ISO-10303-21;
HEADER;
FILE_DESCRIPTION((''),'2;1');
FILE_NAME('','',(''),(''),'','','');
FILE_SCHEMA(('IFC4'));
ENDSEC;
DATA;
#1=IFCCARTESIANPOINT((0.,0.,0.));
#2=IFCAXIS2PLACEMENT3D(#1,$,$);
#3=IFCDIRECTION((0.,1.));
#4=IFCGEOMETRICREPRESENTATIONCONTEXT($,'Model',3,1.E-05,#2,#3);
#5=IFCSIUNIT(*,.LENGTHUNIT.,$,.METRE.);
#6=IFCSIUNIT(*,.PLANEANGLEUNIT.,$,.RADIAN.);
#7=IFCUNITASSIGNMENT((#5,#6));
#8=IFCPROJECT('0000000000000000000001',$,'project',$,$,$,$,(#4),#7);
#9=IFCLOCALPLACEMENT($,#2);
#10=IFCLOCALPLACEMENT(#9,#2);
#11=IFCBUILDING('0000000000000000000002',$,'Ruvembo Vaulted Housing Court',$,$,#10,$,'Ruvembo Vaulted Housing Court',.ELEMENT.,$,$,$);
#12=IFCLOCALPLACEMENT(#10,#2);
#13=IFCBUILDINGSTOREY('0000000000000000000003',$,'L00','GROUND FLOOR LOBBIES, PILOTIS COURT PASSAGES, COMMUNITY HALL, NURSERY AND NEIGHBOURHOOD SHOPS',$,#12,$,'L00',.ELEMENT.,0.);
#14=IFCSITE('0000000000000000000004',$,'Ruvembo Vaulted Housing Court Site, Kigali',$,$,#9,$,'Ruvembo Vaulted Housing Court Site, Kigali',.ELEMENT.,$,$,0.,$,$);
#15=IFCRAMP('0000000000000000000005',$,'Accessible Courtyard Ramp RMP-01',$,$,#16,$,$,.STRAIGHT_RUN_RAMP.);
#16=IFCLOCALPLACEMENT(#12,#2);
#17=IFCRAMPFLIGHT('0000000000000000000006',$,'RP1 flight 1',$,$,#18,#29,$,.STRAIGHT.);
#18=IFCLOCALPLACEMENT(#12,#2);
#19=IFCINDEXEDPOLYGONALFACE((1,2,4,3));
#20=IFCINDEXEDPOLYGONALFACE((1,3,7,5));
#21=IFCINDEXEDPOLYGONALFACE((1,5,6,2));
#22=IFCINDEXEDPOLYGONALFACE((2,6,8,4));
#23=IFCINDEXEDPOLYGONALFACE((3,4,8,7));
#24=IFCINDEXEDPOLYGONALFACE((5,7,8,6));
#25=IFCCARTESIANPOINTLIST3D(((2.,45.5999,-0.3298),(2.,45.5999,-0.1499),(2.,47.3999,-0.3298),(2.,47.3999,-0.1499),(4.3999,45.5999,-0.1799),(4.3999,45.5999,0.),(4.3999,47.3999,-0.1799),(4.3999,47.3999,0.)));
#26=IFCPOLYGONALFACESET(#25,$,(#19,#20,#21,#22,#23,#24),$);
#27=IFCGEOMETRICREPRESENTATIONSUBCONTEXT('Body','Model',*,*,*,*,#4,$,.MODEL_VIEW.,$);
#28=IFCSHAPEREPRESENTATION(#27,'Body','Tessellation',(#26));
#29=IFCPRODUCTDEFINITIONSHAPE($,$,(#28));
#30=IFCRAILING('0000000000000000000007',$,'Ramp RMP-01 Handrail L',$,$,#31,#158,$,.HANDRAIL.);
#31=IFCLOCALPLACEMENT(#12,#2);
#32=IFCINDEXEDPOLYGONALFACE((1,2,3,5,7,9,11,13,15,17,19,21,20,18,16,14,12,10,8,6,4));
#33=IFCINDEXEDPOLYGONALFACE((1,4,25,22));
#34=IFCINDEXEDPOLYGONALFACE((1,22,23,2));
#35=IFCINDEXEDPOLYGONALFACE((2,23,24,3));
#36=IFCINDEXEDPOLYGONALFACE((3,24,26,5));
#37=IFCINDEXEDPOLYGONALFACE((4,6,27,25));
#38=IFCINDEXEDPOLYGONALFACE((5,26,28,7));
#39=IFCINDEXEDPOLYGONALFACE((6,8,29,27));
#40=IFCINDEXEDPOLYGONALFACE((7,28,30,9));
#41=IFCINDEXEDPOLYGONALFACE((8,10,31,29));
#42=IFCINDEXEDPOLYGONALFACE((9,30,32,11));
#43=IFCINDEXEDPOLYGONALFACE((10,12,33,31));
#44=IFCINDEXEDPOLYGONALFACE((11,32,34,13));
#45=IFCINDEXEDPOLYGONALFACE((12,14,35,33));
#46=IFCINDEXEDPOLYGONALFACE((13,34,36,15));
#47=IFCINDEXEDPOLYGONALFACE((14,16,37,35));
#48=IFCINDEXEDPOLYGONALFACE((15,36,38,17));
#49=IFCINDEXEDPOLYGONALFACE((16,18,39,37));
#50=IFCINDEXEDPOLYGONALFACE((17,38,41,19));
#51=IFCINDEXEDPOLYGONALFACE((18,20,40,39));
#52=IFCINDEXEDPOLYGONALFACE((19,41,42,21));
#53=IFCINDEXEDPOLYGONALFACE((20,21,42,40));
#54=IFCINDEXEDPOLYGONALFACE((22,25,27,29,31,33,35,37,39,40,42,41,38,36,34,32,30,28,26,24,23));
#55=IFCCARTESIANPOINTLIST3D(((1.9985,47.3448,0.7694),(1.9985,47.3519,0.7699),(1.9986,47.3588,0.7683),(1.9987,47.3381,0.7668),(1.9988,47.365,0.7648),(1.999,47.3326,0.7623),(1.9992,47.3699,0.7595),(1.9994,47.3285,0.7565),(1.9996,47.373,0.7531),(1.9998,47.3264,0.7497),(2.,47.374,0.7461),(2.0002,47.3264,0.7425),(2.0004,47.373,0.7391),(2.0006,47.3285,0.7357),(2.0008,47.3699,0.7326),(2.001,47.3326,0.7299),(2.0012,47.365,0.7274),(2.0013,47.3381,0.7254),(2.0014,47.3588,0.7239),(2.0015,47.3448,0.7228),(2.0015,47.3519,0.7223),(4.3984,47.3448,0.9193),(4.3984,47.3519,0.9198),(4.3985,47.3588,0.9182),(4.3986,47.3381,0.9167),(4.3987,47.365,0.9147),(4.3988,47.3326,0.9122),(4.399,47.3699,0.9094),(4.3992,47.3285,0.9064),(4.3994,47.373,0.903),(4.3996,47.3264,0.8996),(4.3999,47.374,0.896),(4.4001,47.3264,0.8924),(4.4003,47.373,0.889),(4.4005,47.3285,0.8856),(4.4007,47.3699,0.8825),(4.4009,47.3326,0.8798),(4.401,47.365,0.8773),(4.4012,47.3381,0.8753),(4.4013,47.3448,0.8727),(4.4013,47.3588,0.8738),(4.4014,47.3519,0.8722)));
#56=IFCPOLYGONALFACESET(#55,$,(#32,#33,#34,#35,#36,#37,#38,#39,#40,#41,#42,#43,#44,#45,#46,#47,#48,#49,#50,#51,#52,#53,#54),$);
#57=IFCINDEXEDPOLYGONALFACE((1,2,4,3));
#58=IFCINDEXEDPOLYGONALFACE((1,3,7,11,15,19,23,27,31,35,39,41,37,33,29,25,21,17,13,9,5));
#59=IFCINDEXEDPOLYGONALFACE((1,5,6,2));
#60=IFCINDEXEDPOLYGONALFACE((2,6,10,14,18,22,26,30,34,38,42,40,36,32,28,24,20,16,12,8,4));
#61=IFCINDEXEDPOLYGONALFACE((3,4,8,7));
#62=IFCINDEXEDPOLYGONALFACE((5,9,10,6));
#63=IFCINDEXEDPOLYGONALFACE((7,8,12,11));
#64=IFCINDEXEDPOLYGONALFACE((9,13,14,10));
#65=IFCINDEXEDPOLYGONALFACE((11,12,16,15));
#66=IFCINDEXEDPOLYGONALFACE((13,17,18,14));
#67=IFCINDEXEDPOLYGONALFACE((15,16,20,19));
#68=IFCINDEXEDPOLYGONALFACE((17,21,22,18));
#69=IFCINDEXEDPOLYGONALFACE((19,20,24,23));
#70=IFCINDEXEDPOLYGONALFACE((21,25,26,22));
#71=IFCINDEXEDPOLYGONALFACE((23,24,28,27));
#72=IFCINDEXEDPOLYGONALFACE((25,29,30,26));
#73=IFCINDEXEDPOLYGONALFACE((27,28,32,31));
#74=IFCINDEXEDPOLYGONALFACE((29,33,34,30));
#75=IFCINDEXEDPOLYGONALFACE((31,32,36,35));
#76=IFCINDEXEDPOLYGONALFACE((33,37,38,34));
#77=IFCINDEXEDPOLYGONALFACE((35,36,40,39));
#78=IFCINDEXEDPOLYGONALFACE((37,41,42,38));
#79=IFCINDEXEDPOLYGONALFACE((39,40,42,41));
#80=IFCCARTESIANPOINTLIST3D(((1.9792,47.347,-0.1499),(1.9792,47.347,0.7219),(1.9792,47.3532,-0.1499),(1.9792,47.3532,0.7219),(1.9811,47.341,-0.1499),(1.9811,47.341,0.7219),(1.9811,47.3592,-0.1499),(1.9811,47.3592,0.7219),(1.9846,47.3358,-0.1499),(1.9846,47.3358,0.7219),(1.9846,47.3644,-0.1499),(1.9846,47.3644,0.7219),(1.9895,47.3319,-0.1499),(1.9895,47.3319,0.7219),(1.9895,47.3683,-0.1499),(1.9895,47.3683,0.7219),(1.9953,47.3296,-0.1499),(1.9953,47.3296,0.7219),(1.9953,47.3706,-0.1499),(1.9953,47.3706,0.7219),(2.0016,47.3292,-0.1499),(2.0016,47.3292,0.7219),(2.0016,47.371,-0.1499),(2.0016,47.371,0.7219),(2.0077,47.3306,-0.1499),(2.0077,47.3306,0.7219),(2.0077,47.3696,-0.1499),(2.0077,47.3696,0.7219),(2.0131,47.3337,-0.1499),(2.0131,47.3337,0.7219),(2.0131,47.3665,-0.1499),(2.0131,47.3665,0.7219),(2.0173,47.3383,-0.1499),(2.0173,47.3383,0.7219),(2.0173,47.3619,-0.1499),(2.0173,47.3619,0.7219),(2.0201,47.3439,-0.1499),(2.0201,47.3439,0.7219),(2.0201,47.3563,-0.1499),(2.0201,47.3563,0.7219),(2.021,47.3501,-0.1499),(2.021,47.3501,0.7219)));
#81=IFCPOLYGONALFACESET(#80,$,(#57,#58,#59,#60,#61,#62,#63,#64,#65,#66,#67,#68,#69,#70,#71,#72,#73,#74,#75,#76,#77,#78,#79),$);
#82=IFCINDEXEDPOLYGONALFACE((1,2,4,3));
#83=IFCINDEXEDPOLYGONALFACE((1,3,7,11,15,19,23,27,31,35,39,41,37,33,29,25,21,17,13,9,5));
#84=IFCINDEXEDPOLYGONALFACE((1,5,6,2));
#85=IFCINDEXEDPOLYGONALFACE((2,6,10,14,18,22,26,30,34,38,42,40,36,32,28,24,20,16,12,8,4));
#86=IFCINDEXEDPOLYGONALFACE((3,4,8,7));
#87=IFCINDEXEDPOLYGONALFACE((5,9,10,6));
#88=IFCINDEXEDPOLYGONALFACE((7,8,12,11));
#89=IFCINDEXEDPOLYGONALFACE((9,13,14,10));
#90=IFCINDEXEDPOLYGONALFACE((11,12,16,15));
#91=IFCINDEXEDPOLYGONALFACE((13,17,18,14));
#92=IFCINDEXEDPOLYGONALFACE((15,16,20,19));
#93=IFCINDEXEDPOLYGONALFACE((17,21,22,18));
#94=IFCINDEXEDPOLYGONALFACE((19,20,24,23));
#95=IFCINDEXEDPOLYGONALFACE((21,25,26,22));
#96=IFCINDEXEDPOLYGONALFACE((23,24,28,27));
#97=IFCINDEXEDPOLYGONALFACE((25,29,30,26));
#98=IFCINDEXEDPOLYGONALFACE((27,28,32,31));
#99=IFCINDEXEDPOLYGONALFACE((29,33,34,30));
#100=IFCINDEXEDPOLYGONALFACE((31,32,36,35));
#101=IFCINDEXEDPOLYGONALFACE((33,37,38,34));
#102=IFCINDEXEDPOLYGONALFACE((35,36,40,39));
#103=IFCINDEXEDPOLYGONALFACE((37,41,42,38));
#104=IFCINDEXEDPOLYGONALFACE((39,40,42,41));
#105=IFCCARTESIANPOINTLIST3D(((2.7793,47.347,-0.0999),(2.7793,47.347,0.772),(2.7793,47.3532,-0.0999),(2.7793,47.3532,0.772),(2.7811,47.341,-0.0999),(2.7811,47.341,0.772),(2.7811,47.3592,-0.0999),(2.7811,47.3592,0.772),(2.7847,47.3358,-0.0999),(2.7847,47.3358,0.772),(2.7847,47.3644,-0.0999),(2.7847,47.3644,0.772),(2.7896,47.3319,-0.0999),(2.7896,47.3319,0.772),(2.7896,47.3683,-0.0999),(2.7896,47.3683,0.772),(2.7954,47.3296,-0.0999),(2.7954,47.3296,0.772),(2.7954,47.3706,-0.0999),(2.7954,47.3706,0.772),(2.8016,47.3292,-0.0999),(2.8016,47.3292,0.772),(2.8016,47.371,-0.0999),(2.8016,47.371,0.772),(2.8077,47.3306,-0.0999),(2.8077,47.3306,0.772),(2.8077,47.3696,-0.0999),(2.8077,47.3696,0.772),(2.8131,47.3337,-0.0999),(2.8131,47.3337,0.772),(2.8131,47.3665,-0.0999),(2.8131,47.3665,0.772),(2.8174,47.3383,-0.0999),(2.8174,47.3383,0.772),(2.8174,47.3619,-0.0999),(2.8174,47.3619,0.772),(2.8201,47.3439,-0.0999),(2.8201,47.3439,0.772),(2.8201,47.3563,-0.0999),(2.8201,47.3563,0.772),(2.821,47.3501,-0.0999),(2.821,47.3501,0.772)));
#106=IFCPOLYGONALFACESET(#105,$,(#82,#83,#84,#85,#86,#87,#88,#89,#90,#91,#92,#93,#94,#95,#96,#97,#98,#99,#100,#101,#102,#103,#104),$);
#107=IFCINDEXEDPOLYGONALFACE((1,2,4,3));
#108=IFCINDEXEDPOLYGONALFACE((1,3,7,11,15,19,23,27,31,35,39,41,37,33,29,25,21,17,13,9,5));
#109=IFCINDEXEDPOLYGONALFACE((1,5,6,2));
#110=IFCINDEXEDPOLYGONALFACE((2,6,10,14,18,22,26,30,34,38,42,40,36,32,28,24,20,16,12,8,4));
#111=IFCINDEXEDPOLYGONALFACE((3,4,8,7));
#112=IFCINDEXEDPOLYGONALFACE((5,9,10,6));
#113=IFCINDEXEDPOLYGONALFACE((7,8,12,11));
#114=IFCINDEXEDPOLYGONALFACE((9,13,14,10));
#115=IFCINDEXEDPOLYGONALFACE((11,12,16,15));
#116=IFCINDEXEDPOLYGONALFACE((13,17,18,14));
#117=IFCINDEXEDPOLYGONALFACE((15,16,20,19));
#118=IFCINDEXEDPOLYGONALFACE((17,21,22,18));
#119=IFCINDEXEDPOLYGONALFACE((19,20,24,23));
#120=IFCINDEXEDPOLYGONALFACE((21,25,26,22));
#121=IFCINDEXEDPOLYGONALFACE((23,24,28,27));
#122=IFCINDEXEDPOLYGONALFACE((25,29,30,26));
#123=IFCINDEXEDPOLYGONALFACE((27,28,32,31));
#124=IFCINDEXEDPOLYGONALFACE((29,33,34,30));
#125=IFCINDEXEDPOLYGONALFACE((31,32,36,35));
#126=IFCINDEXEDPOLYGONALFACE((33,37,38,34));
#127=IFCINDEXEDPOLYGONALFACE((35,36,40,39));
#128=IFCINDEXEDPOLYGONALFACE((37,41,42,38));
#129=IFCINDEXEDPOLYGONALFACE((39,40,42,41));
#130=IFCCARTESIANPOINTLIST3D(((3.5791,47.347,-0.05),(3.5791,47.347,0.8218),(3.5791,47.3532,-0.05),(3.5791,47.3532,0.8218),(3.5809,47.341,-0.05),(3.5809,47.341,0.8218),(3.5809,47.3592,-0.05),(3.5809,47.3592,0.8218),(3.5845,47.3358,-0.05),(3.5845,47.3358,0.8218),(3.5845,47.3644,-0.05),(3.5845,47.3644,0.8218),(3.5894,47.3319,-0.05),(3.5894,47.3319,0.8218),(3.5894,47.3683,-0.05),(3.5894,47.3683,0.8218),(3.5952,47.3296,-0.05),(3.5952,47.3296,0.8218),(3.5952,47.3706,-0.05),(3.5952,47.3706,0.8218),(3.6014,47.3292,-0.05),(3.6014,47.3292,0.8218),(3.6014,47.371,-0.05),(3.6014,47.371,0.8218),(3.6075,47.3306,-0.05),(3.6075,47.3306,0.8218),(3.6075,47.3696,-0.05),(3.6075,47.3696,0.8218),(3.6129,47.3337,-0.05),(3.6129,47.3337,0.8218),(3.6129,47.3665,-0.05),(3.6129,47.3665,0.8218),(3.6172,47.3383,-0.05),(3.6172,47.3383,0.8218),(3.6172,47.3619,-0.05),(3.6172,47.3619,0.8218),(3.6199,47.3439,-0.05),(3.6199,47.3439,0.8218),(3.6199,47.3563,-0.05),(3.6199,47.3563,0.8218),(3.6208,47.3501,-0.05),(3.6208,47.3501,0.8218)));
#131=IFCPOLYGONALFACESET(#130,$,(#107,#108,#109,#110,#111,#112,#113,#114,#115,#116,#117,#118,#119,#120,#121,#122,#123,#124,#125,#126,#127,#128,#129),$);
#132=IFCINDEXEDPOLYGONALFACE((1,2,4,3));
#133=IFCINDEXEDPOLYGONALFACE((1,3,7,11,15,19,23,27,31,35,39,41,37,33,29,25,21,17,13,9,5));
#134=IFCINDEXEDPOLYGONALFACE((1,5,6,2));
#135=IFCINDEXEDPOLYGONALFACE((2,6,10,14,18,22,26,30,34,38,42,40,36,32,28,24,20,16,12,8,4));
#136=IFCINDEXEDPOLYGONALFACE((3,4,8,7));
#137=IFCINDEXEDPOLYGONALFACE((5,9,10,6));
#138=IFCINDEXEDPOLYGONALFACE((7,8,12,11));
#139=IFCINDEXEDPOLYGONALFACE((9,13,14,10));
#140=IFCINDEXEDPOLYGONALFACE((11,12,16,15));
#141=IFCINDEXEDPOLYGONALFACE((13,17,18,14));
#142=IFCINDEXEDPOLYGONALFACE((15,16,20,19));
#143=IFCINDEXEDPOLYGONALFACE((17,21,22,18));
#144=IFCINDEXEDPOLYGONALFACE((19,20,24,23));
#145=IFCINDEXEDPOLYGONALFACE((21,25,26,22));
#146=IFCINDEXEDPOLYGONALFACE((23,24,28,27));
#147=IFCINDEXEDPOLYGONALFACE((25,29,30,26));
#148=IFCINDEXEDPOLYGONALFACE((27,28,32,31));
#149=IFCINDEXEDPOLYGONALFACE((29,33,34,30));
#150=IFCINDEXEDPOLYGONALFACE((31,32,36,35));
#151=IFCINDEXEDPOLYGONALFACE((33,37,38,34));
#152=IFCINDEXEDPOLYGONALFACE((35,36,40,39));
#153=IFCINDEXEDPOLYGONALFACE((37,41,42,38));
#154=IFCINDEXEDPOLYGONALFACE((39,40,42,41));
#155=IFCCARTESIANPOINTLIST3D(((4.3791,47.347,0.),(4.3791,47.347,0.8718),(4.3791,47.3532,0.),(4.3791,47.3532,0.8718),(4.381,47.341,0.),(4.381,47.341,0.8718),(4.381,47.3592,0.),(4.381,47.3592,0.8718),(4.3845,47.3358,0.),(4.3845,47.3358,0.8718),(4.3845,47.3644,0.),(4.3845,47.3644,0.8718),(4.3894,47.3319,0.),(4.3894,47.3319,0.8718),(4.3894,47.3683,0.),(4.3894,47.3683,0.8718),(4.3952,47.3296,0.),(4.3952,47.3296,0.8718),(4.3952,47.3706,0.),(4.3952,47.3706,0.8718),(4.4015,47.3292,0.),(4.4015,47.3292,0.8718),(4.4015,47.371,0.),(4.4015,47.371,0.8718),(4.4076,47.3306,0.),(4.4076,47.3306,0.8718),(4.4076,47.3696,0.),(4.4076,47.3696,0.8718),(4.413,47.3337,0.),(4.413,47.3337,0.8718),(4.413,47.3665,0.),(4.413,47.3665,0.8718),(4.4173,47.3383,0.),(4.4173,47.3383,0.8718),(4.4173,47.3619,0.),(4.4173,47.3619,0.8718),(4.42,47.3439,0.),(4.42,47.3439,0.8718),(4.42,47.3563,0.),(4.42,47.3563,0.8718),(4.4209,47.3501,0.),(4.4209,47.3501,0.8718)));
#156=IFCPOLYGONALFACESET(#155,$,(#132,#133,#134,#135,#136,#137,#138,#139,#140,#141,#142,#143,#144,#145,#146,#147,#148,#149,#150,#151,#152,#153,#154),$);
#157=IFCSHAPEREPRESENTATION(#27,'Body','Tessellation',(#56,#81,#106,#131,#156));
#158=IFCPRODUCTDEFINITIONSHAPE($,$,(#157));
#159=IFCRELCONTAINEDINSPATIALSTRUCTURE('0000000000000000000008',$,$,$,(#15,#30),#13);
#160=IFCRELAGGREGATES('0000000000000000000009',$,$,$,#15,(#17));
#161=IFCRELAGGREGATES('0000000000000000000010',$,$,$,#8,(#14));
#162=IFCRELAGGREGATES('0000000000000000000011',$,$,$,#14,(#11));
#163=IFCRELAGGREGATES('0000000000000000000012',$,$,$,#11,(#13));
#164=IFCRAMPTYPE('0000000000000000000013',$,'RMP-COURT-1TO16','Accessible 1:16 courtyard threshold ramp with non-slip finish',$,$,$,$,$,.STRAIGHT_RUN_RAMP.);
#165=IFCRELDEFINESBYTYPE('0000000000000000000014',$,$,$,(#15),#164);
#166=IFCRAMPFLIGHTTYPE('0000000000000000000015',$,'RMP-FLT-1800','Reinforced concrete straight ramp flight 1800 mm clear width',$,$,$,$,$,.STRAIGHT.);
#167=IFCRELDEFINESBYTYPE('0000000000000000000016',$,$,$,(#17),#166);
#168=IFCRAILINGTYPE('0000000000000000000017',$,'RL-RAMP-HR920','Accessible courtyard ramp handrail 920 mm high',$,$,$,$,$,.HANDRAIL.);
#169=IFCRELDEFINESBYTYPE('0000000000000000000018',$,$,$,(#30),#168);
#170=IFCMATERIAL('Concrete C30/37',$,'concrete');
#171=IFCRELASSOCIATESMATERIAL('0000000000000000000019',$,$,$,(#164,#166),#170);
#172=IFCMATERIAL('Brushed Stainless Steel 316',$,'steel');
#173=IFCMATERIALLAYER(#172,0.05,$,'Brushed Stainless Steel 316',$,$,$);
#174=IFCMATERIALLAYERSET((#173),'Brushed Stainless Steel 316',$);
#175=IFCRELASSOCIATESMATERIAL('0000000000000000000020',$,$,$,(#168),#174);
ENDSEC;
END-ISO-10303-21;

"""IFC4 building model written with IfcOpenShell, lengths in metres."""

from ifc_helpers import new_model, si_unit, direction, frame, origin, origin_2d, place, context, subcontext, project, spatial, polyline, circle, outline, extrude, material, layer, layer_set, type_object, element, aggregate, save


model = new_model("IFC4")

# Units and contexts
model_context = context("Model", 3, precision=1e-05, world=origin(), true_north=direction((0.0, 1.0)))
body_context = subcontext(model_context, "Body", "Model", "MODEL_VIEW")
ifc_project = project(units=[si_unit("LENGTHUNIT", "METRE"), si_unit("PLANEANGLEUNIT", "RADIAN")], contexts=[model_context])

# Site, building, storey
site_placement = place(None, origin())
site = spatial("IfcSite", under=ifc_project, at=site_placement, Name="Ruvembo Vaulted Housing Court Site, Kigali", LongName="Ruvembo Vaulted Housing Court Site, Kigali", CompositionType="ELEMENT", RefElevation=0.0)
building_placement = place(site_placement, origin())
building = spatial("IfcBuilding", under=site, at=building_placement, Name="Ruvembo Vaulted Housing Court", LongName="Ruvembo Vaulted Housing Court", CompositionType="ELEMENT")
storey_placement = place(building_placement, origin())
storey = spatial("IfcBuildingStorey", under=building, at=storey_placement, Name="L00", Description="GROUND FLOOR LOBBIES, PILOTIS COURT PASSAGES, COMMUNITY HALL, NURSERY AND NEIGHBOURHOOD SHOPS", LongName="L00", CompositionType="ELEMENT", Elevation=0.0)

# Ramp, ramp flight
ifc_material_1 = material(Name="Concrete C30/37", Category="concrete")
ramp_type = type_object("IfcRampType", Name="RMP-COURT-1TO16", Description="Accessible 1:16 courtyard threshold ramp with non-slip finish", PredefinedType="STRAIGHT_RUN_RAMP", material=ifc_material_1)
ramp_placement = place(storey_placement, origin())
ramp = element("IfcRamp", 1, at=ramp_placement, inside=storey, type_object=ramp_type, Name="Accessible Courtyard Ramp RMP-01", PredefinedType="STRAIGHT_RUN_RAMP")
ramp_flight_type = type_object("IfcRampFlightType", Name="RMP-FLT-1800", Description="Reinforced concrete straight ramp flight 1800 mm clear width", PredefinedType="STRAIGHT", material=ifc_material_1)
ramp_flight_placement = place(storey_placement, frame((2.0, 46.5, -0.1499), z_axis=(0.0, 0.0, 1.0), x_axis=(1.0, 0.0, 0.0)))
ramp_flight = element("IfcRampFlight", 2, at=ramp_flight_placement, type_object=ramp_flight_type, Name="RP1 flight 1", PredefinedType="STRAIGHT", context=body_context, shape_type="SweptSolid", body=[
    extrude(outline(polyline([(0.0, 0.0), (2.3999, 0.1499), (2.3999, -0.03), (0.0, -0.1799), (0.0, 0.0)])), frame((0.0, 0.8999, 0.0), z_axis=(0.0, -1.0, 0.0), x_axis=(1.0, 0.0, 0.0)), (0.0, 0.0, 1.0), 1.8),
])
aggregate(ramp, [ramp_flight])

# Railing
ifc_material_2 = material(Name="Brushed Stainless Steel 316", Category="steel")
ifc_layer_1 = layer(ifc_material_2, 0.05, Name="Brushed Stainless Steel 316")
ifc_layer_set_1 = layer_set([ifc_layer_1], Name="Brushed Stainless Steel 316")
railing_type = type_object("IfcRailingType", Name="RL-RAMP-HR920", Description="Accessible courtyard ramp handrail 920 mm high", PredefinedType="HANDRAIL", material=ifc_layer_set_1)
for number, where, name in (
    (3, (2.0, 47.3501, -0.1499), "Ramp RMP-01 Handrail L"),
):
    element("IfcRailing", number, at=place(storey_placement, frame(where)), inside=storey, type_object=railing_type, Name=name, PredefinedType="HANDRAIL", context=body_context, shape_type="SweptSolid", body=[
        extrude(circle(Radius=0.0239, at=origin_2d()), frame((0.0, 0.0, 0.896), z_axis=(0.998055, 0.0, 0.06234), x_axis=(0.0, 1.0, 0.0)), (0.0, 0.0, 1.0), 2.4045),
        extrude(circle(Radius=0.021, at=origin_2d()), origin(), (0.0, 0.0, 1.0), 0.8718),
        extrude(circle(Radius=0.021, at=origin_2d()), frame((0.8, 0.0, 0.05)), (0.0, 0.0, 1.0), 0.8718),
        extrude(circle(Radius=0.021, at=origin_2d()), frame((1.5999, 0.0, 0.0999)), (0.0, 0.0, 1.0), 0.8718),
        extrude(circle(Radius=0.021, at=origin_2d()), frame((2.3999, 0.0, 0.1499)), (0.0, 0.0, 1.0), 0.8718),
    ])

save(model, "model.ifc")
